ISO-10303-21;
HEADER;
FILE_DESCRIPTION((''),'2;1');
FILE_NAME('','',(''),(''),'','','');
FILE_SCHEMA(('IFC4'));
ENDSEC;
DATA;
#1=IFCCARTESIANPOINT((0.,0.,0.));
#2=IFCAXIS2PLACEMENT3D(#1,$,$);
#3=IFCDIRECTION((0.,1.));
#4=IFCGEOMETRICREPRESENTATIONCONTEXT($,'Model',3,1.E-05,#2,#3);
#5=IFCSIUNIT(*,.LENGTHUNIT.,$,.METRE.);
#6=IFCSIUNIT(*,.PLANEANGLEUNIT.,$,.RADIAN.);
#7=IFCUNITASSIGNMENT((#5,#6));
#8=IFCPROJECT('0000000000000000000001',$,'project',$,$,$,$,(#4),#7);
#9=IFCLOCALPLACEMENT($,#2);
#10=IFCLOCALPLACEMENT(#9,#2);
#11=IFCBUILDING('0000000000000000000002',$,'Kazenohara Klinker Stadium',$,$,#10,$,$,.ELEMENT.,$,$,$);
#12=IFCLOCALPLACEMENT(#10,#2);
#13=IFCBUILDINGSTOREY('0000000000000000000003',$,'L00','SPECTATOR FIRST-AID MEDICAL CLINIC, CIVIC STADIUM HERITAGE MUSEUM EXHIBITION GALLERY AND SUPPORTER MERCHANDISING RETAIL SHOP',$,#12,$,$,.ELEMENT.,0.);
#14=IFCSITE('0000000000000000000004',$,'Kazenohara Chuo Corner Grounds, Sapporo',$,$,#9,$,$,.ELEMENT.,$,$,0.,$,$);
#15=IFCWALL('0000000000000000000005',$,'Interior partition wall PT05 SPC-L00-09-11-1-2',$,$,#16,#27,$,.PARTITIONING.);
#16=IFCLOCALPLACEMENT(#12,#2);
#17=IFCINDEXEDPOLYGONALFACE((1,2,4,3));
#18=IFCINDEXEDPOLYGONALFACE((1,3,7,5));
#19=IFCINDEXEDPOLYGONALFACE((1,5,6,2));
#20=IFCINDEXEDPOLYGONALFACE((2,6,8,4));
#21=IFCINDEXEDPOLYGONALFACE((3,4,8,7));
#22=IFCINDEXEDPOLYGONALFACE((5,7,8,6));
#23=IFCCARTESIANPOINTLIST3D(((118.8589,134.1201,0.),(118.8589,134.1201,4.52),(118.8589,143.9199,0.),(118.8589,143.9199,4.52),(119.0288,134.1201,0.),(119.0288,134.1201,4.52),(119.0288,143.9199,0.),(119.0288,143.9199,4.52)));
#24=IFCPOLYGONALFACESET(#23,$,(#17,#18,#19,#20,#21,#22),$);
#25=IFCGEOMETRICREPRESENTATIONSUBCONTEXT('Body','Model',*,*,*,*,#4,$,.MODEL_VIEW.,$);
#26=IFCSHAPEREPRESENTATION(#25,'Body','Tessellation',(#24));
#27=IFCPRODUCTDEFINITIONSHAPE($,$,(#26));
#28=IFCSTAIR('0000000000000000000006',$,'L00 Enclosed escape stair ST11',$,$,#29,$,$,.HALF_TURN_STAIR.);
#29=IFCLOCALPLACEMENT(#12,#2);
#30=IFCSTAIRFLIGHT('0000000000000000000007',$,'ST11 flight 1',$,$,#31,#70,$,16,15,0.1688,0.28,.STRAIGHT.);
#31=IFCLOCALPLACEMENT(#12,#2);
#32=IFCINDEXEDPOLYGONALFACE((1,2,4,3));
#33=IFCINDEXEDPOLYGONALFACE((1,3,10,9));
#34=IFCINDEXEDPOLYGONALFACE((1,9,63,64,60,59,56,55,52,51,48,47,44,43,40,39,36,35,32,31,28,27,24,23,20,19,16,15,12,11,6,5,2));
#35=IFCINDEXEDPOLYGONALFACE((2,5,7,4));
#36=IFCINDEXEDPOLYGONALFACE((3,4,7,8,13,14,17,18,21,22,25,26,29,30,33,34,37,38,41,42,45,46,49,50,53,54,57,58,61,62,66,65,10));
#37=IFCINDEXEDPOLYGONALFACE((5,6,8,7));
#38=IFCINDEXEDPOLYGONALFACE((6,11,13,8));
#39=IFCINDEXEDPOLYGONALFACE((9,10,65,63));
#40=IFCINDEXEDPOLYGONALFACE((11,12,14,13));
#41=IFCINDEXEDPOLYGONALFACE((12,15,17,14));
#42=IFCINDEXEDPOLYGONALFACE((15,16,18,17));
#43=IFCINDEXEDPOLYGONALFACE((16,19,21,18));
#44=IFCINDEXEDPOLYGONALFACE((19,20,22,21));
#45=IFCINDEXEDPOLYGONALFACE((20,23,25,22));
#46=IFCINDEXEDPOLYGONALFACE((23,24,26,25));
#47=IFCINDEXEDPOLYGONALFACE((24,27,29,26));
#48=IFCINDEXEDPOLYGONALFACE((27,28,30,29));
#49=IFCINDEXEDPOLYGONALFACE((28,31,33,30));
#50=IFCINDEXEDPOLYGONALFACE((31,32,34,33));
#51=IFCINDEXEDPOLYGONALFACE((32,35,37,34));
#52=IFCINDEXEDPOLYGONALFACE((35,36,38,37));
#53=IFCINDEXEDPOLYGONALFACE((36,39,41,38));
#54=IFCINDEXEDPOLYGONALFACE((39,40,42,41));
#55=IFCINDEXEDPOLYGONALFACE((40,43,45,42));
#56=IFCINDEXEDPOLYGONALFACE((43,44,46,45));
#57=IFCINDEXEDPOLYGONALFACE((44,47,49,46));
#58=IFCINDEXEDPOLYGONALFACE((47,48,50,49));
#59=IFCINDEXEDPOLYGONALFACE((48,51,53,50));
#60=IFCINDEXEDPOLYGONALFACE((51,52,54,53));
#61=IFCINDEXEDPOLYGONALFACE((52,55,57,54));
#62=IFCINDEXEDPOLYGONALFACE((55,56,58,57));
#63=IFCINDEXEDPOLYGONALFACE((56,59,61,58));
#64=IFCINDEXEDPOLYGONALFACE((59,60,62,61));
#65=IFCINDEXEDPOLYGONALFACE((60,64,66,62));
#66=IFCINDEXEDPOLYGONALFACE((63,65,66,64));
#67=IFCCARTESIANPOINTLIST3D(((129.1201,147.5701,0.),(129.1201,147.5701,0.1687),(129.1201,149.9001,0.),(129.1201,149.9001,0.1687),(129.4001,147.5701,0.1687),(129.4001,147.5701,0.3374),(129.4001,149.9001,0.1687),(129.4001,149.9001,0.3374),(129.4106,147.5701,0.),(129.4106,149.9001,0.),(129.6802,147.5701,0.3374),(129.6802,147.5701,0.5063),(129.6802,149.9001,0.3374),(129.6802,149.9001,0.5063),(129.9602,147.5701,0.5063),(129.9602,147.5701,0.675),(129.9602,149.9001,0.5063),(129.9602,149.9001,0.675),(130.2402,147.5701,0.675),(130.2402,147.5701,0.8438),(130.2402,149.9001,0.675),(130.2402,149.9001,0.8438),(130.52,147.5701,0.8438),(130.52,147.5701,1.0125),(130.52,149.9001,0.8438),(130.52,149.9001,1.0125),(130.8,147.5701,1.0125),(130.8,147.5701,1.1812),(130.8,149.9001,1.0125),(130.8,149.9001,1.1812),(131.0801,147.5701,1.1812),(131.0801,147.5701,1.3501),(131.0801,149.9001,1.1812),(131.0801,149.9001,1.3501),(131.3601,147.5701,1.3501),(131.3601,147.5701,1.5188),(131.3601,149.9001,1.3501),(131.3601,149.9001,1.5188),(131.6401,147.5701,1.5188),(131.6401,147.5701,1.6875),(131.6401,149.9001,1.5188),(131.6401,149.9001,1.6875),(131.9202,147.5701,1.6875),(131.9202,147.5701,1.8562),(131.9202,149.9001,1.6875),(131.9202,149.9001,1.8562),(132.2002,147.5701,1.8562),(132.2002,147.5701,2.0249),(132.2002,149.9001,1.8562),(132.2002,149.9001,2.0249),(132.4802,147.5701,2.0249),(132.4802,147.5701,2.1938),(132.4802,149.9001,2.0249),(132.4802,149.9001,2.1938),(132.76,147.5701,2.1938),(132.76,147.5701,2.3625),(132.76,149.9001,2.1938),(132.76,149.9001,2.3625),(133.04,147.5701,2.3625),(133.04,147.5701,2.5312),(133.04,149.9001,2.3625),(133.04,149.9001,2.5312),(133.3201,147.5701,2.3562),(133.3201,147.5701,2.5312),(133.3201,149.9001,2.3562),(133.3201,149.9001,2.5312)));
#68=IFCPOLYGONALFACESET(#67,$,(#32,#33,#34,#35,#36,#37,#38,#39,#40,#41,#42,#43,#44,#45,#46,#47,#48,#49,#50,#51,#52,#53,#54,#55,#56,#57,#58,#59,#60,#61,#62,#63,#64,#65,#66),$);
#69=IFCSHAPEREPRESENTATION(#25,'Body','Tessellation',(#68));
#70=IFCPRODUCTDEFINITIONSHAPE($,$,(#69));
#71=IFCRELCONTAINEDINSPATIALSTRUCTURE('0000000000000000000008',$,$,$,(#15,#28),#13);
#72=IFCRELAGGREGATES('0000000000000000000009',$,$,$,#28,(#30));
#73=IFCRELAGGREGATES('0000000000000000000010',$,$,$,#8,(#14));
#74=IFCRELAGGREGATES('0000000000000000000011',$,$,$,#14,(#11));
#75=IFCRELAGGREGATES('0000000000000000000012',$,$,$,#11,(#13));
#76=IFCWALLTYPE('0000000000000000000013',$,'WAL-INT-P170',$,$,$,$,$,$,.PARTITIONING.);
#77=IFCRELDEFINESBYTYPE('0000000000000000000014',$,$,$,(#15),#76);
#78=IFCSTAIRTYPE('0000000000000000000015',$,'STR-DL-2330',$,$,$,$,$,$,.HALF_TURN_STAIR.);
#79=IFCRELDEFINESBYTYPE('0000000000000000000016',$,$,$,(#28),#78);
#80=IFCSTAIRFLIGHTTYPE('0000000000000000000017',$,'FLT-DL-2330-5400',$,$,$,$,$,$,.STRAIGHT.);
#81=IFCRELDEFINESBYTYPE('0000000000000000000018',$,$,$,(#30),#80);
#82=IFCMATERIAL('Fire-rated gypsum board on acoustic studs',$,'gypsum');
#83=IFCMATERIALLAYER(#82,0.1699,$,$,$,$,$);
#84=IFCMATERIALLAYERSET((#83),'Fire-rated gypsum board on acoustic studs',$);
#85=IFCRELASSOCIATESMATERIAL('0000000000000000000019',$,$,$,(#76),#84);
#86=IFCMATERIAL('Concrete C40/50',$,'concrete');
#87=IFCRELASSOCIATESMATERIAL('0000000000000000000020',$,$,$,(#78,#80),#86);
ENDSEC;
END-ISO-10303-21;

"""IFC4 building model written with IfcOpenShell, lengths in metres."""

from ifc_helpers import new_model, si_unit, direction, frame, frame_2d, origin, place, context, subcontext, project, spatial, polyline, rectangle, outline, extrude, material, layer, layer_set, type_object, element, aggregate, save


model = new_model("IFC4")

# Units and contexts
model_context = context("Model", 3, precision=1e-05, world=origin(), true_north=direction((0.0, 1.0)))
body_context = subcontext(model_context, "Body", "Model", "MODEL_VIEW")
ifc_project = project(units=[si_unit("LENGTHUNIT", "METRE"), si_unit("PLANEANGLEUNIT", "RADIAN")], contexts=[model_context])

# Site, building, storey
site_placement = place(None, origin())
site = spatial("IfcSite", under=ifc_project, at=site_placement, Name="Kazenohara Chuo Corner Grounds, Sapporo", CompositionType="ELEMENT", RefElevation=0.0)
building_placement = place(site_placement, origin())
building = spatial("IfcBuilding", under=site, at=building_placement, Name="Kazenohara Klinker Stadium", CompositionType="ELEMENT")
storey_placement = place(building_placement, origin())
storey = spatial("IfcBuildingStorey", under=building, at=storey_placement, Name="L00", Description="SPECTATOR FIRST-AID MEDICAL CLINIC, CIVIC STADIUM HERITAGE MUSEUM EXHIBITION GALLERY AND SUPPORTER MERCHANDISING RETAIL SHOP", CompositionType="ELEMENT", Elevation=0.0)

# Shared definitions
ifc_material_1 = material(Name="Concrete C40/50", Category="concrete")

# Shared definitions
ifc_material_2 = material(Name="Fire-rated gypsum board on acoustic studs", Category="gypsum")

# Wall
ifc_layer_1 = layer(ifc_material_2, 0.1699)
ifc_layer_set_1 = layer_set([ifc_layer_1], Name="Fire-rated gypsum board on acoustic studs")
wall_type_1 = type_object("IfcWallType", Name="WAL-INT-P170", PredefinedType="PARTITIONING", material=ifc_layer_set_1)
wall_1_placement = place(storey_placement, frame((118.9438, 134.1201, 0.0), z_axis=(0.0, 0.0, 1.0), x_axis=(0.0, 1.0, 0.0)))
element("IfcWall", 1, at=wall_1_placement, inside=storey, type_object=wall_type_1, Name="Interior partition wall PT05 SPC-L00-09-11-1-2", PredefinedType="PARTITIONING", context=body_context, shape_type="SweptSolid", body=[
    extrude(rectangle(XDim=9.7998, YDim=0.1699, at=frame_2d((4.8999, 0.0))), origin(), (0.0, 0.0, 1.0), 4.52),
])

# Stair, stair flight
stair_type = type_object("IfcStairType", Name="STR-DL-2330", PredefinedType="HALF_TURN_STAIR", material=ifc_material_1)
stair_placement = place(storey_placement, origin())
stair = element("IfcStair", 2, at=stair_placement, inside=storey, type_object=stair_type, Name="L00 Enclosed escape stair ST11", PredefinedType="HALF_TURN_STAIR")
stair_flight_type = type_object("IfcStairFlightType", Name="FLT-DL-2330-5400", PredefinedType="STRAIGHT", material=ifc_material_1)
stair_flight_placement = place(storey_placement, frame((129.1201, 148.7351, 0.0), z_axis=(0.0, 0.0, 1.0), x_axis=(1.0, 0.0, 0.0)))
stair_flight = element("IfcStairFlight", 3, at=stair_flight_placement, type_object=stair_flight_type, Name="ST11 flight 1", NumberOfRisers=16, NumberOfTreads=15, PredefinedType="STRAIGHT", RiserHeight=0.1688, TreadLength=0.28, context=body_context, shape_type="SweptSolid", body=[
    extrude(outline(polyline([(0.0, 0.0), (0.0, 0.1687), (0.28, 0.1687), (0.28, 0.3374), (0.5601, 0.3374), (0.5601, 0.5063), (0.8401, 0.5063), (0.8401, 0.675), (1.1201, 0.675), (1.1201, 0.8438), (1.3999, 0.8438), (1.3999, 1.0125), (1.6799, 1.0125), (1.6799, 1.1812), (1.96, 1.1812), (1.96, 1.3501), (2.24, 1.3501), (2.24, 1.5188), (2.52, 1.5188), (2.52, 1.6875), (2.8, 1.6875), (2.8, 1.8562), (3.0801, 1.8562), (3.0801, 2.0249), (3.3601, 2.0249), (3.3601, 2.1938), (3.6399, 2.1938), (3.6399, 2.3625), (3.9199, 2.3625), (3.9199, 2.5312), (4.2, 2.5312), (4.2, 2.7), (4.2, 2.3562), (0.2905, 0.0), (0.0, 0.0)])), frame((0.0, 1.165, 0.0), z_axis=(0.0, -1.0, 0.0), x_axis=(1.0, 0.0, 0.0)), (0.0, 0.0, 1.0), 2.3301),
])
aggregate(stair, [stair_flight])

save(model, "model.ifc")
